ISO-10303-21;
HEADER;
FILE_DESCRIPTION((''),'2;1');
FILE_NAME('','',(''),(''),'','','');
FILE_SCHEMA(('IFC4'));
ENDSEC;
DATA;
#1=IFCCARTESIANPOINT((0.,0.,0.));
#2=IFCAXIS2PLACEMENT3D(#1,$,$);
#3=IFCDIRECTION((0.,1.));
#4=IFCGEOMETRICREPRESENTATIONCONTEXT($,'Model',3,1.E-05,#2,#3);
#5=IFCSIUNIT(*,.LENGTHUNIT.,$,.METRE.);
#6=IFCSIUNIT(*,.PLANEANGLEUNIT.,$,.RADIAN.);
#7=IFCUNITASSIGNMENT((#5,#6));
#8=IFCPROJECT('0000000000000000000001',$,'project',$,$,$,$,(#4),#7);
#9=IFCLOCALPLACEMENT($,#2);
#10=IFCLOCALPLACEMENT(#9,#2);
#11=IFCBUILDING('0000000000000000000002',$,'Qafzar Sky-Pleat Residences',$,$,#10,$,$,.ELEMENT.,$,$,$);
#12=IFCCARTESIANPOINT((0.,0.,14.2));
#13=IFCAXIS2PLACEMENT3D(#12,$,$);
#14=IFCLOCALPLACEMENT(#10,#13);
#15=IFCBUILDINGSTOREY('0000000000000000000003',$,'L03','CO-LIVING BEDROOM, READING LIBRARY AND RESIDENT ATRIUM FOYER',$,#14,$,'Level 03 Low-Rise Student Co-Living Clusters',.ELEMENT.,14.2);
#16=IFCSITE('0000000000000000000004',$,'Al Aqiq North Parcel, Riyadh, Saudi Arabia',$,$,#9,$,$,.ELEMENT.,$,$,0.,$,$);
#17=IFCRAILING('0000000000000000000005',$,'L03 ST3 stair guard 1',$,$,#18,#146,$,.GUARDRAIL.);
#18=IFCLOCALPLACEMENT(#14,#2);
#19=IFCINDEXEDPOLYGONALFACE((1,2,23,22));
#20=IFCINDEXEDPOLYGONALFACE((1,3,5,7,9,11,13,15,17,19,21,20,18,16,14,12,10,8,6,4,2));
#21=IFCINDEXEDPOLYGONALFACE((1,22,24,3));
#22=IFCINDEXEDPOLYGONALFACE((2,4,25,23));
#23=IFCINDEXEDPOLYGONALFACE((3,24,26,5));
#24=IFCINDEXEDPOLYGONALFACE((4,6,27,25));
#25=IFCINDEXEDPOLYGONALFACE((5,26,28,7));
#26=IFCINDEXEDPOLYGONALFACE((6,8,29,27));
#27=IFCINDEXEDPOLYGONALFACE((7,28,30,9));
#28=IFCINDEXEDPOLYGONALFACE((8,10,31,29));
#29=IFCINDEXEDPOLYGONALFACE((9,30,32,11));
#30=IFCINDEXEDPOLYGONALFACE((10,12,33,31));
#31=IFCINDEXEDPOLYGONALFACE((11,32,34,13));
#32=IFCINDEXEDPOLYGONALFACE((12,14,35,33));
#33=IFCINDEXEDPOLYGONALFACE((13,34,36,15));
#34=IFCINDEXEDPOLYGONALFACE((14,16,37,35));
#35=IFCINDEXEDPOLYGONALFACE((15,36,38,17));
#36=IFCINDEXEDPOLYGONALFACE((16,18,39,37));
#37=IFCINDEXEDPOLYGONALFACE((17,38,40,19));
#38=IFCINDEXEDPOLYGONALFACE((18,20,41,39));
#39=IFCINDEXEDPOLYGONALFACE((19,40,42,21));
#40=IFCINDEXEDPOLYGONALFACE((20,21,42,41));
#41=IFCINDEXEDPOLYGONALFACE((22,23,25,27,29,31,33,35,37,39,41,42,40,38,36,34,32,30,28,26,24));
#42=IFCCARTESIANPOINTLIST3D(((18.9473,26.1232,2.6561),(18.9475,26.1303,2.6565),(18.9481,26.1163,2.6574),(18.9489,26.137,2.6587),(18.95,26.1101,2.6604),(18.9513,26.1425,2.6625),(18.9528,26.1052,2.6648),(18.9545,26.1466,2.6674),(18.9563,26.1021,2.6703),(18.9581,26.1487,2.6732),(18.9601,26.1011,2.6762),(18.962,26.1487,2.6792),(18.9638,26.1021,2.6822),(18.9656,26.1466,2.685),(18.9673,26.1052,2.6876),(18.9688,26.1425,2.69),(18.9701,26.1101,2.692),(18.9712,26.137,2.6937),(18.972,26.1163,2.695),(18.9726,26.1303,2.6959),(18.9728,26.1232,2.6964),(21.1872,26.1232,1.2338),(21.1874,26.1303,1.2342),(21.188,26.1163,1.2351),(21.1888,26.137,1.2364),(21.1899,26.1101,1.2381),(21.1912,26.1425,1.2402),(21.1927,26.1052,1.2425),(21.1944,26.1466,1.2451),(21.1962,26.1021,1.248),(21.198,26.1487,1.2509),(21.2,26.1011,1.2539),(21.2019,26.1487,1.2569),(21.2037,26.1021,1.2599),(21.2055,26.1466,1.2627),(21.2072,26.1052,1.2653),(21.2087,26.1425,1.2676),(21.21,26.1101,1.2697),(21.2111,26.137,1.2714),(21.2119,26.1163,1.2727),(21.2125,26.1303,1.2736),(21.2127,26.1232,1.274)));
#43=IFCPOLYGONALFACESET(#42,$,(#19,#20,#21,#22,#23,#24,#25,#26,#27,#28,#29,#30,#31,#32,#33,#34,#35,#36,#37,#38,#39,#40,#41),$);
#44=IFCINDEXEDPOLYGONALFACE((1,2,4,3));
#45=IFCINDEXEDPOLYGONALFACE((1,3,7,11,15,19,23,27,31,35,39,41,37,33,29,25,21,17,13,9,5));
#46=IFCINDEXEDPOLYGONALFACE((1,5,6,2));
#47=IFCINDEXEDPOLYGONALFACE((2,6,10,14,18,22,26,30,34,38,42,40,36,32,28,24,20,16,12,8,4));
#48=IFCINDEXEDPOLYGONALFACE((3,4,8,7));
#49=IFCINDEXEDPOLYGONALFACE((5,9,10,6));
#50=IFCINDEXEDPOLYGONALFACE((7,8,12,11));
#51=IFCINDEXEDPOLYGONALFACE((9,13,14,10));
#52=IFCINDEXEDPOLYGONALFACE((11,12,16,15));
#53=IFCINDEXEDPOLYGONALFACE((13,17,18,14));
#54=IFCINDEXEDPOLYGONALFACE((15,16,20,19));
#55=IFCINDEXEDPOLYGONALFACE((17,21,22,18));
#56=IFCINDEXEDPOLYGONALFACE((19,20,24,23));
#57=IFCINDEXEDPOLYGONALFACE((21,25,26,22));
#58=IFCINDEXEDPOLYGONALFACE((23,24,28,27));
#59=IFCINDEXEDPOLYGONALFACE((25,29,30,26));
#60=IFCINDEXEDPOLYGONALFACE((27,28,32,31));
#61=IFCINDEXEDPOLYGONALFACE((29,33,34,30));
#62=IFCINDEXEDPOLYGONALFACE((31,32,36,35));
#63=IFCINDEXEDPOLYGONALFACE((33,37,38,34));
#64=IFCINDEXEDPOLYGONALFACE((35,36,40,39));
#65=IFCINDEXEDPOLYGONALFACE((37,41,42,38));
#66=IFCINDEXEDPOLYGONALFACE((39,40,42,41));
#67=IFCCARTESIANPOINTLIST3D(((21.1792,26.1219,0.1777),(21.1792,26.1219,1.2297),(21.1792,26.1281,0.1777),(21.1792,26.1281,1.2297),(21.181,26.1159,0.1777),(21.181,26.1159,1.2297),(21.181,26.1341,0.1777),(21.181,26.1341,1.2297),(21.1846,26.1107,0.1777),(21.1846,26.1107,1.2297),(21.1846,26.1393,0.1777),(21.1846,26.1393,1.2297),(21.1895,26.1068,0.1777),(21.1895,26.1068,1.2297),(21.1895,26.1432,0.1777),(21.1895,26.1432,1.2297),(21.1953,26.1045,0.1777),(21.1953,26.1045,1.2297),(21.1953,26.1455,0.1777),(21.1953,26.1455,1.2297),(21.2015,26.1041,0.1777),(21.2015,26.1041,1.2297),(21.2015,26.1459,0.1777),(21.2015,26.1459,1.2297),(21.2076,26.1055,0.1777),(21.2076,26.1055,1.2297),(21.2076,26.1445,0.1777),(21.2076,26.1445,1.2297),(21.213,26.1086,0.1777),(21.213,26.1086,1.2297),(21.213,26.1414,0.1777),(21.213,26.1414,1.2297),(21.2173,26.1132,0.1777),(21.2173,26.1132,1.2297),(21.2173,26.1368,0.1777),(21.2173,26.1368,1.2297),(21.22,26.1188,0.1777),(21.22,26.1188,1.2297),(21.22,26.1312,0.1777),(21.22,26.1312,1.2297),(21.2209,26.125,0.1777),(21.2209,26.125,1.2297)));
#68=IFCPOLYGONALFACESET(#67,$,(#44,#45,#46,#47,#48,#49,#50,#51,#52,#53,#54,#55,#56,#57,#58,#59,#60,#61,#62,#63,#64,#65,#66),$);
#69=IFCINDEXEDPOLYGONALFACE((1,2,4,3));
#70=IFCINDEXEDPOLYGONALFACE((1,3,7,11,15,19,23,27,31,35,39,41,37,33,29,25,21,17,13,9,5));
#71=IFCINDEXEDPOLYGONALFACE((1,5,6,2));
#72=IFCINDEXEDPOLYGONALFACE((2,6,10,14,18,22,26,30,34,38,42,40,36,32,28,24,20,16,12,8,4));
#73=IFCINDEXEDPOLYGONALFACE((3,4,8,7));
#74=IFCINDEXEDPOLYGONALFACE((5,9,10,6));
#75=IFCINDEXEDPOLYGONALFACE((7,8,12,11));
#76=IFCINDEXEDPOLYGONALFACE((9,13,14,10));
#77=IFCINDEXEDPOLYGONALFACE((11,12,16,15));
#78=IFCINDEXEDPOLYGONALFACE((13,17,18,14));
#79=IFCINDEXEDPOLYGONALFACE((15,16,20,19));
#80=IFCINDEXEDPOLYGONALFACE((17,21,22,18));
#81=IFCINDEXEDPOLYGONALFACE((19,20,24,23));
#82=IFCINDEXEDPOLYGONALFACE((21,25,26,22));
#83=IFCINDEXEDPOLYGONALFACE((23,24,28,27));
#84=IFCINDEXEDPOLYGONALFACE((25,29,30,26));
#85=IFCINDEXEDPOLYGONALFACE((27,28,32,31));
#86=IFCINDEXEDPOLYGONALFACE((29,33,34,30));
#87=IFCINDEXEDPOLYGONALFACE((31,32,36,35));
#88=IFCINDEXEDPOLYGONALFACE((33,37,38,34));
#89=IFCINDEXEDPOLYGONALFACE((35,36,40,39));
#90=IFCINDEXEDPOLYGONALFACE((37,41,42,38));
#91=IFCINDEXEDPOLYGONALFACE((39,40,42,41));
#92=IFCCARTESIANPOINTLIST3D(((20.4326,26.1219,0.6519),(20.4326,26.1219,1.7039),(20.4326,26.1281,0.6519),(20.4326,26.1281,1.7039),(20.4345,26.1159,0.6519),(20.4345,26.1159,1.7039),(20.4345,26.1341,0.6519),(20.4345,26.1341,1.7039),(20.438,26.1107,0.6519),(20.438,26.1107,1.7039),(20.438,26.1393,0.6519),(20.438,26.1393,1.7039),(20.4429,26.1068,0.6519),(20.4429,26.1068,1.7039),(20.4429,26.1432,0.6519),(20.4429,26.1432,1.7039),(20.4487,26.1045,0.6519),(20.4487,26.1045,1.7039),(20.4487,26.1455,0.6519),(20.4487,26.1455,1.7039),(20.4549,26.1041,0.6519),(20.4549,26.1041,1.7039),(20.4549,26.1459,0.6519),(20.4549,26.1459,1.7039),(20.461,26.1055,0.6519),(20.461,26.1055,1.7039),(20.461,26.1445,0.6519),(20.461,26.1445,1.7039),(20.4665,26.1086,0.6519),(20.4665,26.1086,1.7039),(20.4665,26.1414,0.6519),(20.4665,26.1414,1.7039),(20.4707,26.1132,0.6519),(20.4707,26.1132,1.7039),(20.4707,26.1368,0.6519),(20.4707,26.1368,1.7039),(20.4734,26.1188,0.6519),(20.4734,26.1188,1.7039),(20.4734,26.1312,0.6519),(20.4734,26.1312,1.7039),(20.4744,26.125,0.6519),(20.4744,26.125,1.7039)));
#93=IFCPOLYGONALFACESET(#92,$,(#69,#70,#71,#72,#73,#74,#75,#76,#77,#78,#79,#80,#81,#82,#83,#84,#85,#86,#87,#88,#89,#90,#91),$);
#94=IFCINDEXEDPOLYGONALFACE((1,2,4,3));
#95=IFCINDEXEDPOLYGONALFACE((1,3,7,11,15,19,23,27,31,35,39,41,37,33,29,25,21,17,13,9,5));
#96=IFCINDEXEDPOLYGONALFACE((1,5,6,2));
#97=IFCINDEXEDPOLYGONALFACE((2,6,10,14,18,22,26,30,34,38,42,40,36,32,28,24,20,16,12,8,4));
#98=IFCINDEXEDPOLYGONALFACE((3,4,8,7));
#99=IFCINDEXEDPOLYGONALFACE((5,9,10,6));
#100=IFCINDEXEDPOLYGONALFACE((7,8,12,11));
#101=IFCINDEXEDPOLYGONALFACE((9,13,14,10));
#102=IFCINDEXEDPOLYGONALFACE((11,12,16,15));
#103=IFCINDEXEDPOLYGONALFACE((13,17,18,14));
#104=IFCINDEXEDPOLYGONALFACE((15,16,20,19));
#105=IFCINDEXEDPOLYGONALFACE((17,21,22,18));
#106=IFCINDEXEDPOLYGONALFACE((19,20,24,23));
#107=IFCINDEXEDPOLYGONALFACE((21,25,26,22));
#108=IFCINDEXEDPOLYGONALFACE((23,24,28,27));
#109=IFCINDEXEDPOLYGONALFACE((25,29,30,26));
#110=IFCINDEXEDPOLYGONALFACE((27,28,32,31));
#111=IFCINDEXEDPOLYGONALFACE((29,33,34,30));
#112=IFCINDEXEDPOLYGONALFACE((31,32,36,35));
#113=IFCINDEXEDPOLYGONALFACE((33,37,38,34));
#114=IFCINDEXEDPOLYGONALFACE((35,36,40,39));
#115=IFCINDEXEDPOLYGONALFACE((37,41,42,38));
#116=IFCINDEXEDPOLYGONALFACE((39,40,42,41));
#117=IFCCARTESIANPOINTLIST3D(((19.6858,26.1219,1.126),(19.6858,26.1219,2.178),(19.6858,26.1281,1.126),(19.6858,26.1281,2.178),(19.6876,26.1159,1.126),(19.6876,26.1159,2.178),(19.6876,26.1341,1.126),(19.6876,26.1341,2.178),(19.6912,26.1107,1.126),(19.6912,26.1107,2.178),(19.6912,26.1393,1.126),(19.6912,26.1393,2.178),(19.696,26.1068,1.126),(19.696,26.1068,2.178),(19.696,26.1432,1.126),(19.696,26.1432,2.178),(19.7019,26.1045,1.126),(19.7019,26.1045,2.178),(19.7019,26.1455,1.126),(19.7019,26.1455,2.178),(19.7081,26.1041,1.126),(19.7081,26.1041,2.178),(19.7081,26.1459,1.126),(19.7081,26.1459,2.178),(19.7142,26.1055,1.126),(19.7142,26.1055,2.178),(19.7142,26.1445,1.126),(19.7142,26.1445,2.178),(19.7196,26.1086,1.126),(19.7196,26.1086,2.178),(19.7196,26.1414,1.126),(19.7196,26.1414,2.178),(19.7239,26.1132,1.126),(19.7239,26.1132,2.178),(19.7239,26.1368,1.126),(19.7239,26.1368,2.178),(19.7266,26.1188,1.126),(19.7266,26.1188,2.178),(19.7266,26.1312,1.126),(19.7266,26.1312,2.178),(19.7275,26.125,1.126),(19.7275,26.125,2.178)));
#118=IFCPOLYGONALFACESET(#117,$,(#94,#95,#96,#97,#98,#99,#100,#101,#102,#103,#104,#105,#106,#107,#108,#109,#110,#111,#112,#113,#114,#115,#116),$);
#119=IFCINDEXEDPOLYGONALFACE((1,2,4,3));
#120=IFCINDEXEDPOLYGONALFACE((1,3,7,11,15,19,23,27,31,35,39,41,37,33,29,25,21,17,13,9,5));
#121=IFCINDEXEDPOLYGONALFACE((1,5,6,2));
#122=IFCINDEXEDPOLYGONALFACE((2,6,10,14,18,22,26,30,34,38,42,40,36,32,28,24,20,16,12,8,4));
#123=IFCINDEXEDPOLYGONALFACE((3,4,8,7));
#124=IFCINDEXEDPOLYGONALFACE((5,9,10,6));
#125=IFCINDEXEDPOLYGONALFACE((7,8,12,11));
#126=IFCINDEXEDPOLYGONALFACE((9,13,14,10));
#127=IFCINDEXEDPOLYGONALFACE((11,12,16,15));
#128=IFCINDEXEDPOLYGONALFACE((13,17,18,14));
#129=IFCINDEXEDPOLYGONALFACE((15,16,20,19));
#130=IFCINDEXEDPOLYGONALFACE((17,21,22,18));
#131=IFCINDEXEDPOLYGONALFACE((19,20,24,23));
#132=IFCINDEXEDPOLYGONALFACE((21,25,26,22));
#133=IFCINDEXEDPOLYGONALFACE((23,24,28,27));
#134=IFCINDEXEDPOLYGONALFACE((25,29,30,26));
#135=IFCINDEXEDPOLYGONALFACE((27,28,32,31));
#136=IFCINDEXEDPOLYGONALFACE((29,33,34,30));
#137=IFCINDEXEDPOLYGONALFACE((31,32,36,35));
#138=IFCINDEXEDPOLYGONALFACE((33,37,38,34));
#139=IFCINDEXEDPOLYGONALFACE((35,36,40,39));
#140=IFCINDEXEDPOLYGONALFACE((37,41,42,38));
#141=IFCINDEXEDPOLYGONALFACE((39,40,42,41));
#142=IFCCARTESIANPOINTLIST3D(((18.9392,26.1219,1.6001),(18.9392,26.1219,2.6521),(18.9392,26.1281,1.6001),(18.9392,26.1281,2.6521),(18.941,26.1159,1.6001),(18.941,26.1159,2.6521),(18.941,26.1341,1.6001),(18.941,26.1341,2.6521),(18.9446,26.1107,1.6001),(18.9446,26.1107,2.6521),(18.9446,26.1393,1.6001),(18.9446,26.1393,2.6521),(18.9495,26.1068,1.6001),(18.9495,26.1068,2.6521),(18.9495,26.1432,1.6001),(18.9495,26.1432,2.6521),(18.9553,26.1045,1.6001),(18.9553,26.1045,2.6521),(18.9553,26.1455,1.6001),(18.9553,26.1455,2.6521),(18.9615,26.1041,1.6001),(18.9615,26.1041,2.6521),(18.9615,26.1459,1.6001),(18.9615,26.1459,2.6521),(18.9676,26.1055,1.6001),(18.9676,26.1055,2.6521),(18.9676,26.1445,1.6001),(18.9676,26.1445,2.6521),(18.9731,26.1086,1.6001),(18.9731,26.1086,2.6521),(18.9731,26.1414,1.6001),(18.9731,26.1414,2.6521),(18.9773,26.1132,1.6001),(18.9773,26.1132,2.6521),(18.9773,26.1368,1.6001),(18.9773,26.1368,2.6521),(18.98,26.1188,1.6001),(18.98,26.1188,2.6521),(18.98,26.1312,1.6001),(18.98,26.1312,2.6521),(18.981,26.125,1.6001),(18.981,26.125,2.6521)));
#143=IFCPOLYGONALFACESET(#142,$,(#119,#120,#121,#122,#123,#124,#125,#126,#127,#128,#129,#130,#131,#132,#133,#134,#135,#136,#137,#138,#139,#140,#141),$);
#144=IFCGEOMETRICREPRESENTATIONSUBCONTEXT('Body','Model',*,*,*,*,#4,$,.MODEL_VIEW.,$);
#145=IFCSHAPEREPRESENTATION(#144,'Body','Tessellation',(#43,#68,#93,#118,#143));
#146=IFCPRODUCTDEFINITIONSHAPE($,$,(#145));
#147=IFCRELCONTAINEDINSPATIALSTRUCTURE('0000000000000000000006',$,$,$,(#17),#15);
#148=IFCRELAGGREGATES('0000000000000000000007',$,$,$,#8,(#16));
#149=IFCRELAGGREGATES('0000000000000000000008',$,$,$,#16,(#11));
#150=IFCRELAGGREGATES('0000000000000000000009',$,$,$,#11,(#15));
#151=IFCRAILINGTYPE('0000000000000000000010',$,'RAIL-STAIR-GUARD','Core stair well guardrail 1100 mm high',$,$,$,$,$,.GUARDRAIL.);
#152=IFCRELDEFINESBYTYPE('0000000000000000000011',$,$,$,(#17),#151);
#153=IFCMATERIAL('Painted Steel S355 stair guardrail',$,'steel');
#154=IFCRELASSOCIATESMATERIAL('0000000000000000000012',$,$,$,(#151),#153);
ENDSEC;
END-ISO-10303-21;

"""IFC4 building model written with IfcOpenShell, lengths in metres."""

from ifc_helpers import new_model, si_unit, direction, frame, origin, origin_2d, place, context, subcontext, project, spatial, circle, extrude, source, transform, mapped, material, type_object, element, save


model = new_model("IFC4")

# Units and contexts
model_context = context("Model", 3, precision=1e-05, world=origin(), true_north=direction((0.0, 1.0)))
body_context = subcontext(model_context, "Body", "Model", "MODEL_VIEW")
ifc_project = project(units=[si_unit("LENGTHUNIT", "METRE"), si_unit("PLANEANGLEUNIT", "RADIAN")], contexts=[model_context])

# Site, building, storey
site_placement = place(None, origin())
site = spatial("IfcSite", under=ifc_project, at=site_placement, Name="Al Aqiq North Parcel, Riyadh, Saudi Arabia", CompositionType="ELEMENT", RefElevation=0.0)
building_placement = place(site_placement, origin())
building = spatial("IfcBuilding", under=site, at=building_placement, Name="Qafzar Sky-Pleat Residences", CompositionType="ELEMENT")
storey_placement = place(building_placement, frame((0.0, 0.0, 14.2)))
storey = spatial("IfcBuildingStorey", under=building, at=storey_placement, Name="L03", Description="CO-LIVING BEDROOM, READING LIBRARY AND RESIDENT ATRIUM FOYER", LongName="Level 03 Low-Rise Student Co-Living Clusters", CompositionType="ELEMENT", Elevation=14.2)

# Railing
ifc_material_1 = material(Name="Painted Steel S355 stair guardrail", Category="steel")
railing_type_1 = type_object("IfcRailingType", Name="RAIL-STAIR-GUARD", Description="Core stair well guardrail 1100 mm high", PredefinedType="GUARDRAIL", material=ifc_material_1)
shared_shape_1 = source(origin(), body_context, "Body", "SweptSolid", [
    extrude(circle(Radius=0.0239, at=origin_2d()), frame((0.0, 0.0, 1.0762), z_axis=(-0.844188, 0.0, 0.536048), x_axis=(0.0, -1.0, 0.0)), (0.0, 0.0, 1.0), 2.6533),
    extrude(circle(Radius=0.021, at=origin_2d()), origin(), (0.0, 0.0, 1.0), 1.052),
    extrude(circle(Radius=0.021, at=origin_2d()), frame((-0.7466, 0.0, 0.4741)), (0.0, 0.0, 1.0), 1.052),
    extrude(circle(Radius=0.021, at=origin_2d()), frame((-1.4934, 0.0, 0.9482)), (0.0, 0.0, 1.0), 1.052),
    extrude(circle(Radius=0.021, at=origin_2d()), frame((-2.24, 0.0, 1.4224)), (0.0, 0.0, 1.0), 1.052),
])
railing_1_placement = place(storey_placement, frame((21.2, 26.125, 0.1777)))
element("IfcRailing", 1, at=railing_1_placement, inside=storey, type_object=railing_type_1, Name="L03 ST3 stair guard 1", PredefinedType="GUARDRAIL", context=body_context, shape_type="MappedRepresentation", body=[
    mapped(shared_shape_1, transform((0.0, 0.0, 0.0), x_axis=(1.0, 0.0, 0.0), y_axis=(0.0, 1.0, 0.0), z_axis=(0.0, 0.0, 1.0), scale=1.0)),
])

save(model, "model.ifc")
